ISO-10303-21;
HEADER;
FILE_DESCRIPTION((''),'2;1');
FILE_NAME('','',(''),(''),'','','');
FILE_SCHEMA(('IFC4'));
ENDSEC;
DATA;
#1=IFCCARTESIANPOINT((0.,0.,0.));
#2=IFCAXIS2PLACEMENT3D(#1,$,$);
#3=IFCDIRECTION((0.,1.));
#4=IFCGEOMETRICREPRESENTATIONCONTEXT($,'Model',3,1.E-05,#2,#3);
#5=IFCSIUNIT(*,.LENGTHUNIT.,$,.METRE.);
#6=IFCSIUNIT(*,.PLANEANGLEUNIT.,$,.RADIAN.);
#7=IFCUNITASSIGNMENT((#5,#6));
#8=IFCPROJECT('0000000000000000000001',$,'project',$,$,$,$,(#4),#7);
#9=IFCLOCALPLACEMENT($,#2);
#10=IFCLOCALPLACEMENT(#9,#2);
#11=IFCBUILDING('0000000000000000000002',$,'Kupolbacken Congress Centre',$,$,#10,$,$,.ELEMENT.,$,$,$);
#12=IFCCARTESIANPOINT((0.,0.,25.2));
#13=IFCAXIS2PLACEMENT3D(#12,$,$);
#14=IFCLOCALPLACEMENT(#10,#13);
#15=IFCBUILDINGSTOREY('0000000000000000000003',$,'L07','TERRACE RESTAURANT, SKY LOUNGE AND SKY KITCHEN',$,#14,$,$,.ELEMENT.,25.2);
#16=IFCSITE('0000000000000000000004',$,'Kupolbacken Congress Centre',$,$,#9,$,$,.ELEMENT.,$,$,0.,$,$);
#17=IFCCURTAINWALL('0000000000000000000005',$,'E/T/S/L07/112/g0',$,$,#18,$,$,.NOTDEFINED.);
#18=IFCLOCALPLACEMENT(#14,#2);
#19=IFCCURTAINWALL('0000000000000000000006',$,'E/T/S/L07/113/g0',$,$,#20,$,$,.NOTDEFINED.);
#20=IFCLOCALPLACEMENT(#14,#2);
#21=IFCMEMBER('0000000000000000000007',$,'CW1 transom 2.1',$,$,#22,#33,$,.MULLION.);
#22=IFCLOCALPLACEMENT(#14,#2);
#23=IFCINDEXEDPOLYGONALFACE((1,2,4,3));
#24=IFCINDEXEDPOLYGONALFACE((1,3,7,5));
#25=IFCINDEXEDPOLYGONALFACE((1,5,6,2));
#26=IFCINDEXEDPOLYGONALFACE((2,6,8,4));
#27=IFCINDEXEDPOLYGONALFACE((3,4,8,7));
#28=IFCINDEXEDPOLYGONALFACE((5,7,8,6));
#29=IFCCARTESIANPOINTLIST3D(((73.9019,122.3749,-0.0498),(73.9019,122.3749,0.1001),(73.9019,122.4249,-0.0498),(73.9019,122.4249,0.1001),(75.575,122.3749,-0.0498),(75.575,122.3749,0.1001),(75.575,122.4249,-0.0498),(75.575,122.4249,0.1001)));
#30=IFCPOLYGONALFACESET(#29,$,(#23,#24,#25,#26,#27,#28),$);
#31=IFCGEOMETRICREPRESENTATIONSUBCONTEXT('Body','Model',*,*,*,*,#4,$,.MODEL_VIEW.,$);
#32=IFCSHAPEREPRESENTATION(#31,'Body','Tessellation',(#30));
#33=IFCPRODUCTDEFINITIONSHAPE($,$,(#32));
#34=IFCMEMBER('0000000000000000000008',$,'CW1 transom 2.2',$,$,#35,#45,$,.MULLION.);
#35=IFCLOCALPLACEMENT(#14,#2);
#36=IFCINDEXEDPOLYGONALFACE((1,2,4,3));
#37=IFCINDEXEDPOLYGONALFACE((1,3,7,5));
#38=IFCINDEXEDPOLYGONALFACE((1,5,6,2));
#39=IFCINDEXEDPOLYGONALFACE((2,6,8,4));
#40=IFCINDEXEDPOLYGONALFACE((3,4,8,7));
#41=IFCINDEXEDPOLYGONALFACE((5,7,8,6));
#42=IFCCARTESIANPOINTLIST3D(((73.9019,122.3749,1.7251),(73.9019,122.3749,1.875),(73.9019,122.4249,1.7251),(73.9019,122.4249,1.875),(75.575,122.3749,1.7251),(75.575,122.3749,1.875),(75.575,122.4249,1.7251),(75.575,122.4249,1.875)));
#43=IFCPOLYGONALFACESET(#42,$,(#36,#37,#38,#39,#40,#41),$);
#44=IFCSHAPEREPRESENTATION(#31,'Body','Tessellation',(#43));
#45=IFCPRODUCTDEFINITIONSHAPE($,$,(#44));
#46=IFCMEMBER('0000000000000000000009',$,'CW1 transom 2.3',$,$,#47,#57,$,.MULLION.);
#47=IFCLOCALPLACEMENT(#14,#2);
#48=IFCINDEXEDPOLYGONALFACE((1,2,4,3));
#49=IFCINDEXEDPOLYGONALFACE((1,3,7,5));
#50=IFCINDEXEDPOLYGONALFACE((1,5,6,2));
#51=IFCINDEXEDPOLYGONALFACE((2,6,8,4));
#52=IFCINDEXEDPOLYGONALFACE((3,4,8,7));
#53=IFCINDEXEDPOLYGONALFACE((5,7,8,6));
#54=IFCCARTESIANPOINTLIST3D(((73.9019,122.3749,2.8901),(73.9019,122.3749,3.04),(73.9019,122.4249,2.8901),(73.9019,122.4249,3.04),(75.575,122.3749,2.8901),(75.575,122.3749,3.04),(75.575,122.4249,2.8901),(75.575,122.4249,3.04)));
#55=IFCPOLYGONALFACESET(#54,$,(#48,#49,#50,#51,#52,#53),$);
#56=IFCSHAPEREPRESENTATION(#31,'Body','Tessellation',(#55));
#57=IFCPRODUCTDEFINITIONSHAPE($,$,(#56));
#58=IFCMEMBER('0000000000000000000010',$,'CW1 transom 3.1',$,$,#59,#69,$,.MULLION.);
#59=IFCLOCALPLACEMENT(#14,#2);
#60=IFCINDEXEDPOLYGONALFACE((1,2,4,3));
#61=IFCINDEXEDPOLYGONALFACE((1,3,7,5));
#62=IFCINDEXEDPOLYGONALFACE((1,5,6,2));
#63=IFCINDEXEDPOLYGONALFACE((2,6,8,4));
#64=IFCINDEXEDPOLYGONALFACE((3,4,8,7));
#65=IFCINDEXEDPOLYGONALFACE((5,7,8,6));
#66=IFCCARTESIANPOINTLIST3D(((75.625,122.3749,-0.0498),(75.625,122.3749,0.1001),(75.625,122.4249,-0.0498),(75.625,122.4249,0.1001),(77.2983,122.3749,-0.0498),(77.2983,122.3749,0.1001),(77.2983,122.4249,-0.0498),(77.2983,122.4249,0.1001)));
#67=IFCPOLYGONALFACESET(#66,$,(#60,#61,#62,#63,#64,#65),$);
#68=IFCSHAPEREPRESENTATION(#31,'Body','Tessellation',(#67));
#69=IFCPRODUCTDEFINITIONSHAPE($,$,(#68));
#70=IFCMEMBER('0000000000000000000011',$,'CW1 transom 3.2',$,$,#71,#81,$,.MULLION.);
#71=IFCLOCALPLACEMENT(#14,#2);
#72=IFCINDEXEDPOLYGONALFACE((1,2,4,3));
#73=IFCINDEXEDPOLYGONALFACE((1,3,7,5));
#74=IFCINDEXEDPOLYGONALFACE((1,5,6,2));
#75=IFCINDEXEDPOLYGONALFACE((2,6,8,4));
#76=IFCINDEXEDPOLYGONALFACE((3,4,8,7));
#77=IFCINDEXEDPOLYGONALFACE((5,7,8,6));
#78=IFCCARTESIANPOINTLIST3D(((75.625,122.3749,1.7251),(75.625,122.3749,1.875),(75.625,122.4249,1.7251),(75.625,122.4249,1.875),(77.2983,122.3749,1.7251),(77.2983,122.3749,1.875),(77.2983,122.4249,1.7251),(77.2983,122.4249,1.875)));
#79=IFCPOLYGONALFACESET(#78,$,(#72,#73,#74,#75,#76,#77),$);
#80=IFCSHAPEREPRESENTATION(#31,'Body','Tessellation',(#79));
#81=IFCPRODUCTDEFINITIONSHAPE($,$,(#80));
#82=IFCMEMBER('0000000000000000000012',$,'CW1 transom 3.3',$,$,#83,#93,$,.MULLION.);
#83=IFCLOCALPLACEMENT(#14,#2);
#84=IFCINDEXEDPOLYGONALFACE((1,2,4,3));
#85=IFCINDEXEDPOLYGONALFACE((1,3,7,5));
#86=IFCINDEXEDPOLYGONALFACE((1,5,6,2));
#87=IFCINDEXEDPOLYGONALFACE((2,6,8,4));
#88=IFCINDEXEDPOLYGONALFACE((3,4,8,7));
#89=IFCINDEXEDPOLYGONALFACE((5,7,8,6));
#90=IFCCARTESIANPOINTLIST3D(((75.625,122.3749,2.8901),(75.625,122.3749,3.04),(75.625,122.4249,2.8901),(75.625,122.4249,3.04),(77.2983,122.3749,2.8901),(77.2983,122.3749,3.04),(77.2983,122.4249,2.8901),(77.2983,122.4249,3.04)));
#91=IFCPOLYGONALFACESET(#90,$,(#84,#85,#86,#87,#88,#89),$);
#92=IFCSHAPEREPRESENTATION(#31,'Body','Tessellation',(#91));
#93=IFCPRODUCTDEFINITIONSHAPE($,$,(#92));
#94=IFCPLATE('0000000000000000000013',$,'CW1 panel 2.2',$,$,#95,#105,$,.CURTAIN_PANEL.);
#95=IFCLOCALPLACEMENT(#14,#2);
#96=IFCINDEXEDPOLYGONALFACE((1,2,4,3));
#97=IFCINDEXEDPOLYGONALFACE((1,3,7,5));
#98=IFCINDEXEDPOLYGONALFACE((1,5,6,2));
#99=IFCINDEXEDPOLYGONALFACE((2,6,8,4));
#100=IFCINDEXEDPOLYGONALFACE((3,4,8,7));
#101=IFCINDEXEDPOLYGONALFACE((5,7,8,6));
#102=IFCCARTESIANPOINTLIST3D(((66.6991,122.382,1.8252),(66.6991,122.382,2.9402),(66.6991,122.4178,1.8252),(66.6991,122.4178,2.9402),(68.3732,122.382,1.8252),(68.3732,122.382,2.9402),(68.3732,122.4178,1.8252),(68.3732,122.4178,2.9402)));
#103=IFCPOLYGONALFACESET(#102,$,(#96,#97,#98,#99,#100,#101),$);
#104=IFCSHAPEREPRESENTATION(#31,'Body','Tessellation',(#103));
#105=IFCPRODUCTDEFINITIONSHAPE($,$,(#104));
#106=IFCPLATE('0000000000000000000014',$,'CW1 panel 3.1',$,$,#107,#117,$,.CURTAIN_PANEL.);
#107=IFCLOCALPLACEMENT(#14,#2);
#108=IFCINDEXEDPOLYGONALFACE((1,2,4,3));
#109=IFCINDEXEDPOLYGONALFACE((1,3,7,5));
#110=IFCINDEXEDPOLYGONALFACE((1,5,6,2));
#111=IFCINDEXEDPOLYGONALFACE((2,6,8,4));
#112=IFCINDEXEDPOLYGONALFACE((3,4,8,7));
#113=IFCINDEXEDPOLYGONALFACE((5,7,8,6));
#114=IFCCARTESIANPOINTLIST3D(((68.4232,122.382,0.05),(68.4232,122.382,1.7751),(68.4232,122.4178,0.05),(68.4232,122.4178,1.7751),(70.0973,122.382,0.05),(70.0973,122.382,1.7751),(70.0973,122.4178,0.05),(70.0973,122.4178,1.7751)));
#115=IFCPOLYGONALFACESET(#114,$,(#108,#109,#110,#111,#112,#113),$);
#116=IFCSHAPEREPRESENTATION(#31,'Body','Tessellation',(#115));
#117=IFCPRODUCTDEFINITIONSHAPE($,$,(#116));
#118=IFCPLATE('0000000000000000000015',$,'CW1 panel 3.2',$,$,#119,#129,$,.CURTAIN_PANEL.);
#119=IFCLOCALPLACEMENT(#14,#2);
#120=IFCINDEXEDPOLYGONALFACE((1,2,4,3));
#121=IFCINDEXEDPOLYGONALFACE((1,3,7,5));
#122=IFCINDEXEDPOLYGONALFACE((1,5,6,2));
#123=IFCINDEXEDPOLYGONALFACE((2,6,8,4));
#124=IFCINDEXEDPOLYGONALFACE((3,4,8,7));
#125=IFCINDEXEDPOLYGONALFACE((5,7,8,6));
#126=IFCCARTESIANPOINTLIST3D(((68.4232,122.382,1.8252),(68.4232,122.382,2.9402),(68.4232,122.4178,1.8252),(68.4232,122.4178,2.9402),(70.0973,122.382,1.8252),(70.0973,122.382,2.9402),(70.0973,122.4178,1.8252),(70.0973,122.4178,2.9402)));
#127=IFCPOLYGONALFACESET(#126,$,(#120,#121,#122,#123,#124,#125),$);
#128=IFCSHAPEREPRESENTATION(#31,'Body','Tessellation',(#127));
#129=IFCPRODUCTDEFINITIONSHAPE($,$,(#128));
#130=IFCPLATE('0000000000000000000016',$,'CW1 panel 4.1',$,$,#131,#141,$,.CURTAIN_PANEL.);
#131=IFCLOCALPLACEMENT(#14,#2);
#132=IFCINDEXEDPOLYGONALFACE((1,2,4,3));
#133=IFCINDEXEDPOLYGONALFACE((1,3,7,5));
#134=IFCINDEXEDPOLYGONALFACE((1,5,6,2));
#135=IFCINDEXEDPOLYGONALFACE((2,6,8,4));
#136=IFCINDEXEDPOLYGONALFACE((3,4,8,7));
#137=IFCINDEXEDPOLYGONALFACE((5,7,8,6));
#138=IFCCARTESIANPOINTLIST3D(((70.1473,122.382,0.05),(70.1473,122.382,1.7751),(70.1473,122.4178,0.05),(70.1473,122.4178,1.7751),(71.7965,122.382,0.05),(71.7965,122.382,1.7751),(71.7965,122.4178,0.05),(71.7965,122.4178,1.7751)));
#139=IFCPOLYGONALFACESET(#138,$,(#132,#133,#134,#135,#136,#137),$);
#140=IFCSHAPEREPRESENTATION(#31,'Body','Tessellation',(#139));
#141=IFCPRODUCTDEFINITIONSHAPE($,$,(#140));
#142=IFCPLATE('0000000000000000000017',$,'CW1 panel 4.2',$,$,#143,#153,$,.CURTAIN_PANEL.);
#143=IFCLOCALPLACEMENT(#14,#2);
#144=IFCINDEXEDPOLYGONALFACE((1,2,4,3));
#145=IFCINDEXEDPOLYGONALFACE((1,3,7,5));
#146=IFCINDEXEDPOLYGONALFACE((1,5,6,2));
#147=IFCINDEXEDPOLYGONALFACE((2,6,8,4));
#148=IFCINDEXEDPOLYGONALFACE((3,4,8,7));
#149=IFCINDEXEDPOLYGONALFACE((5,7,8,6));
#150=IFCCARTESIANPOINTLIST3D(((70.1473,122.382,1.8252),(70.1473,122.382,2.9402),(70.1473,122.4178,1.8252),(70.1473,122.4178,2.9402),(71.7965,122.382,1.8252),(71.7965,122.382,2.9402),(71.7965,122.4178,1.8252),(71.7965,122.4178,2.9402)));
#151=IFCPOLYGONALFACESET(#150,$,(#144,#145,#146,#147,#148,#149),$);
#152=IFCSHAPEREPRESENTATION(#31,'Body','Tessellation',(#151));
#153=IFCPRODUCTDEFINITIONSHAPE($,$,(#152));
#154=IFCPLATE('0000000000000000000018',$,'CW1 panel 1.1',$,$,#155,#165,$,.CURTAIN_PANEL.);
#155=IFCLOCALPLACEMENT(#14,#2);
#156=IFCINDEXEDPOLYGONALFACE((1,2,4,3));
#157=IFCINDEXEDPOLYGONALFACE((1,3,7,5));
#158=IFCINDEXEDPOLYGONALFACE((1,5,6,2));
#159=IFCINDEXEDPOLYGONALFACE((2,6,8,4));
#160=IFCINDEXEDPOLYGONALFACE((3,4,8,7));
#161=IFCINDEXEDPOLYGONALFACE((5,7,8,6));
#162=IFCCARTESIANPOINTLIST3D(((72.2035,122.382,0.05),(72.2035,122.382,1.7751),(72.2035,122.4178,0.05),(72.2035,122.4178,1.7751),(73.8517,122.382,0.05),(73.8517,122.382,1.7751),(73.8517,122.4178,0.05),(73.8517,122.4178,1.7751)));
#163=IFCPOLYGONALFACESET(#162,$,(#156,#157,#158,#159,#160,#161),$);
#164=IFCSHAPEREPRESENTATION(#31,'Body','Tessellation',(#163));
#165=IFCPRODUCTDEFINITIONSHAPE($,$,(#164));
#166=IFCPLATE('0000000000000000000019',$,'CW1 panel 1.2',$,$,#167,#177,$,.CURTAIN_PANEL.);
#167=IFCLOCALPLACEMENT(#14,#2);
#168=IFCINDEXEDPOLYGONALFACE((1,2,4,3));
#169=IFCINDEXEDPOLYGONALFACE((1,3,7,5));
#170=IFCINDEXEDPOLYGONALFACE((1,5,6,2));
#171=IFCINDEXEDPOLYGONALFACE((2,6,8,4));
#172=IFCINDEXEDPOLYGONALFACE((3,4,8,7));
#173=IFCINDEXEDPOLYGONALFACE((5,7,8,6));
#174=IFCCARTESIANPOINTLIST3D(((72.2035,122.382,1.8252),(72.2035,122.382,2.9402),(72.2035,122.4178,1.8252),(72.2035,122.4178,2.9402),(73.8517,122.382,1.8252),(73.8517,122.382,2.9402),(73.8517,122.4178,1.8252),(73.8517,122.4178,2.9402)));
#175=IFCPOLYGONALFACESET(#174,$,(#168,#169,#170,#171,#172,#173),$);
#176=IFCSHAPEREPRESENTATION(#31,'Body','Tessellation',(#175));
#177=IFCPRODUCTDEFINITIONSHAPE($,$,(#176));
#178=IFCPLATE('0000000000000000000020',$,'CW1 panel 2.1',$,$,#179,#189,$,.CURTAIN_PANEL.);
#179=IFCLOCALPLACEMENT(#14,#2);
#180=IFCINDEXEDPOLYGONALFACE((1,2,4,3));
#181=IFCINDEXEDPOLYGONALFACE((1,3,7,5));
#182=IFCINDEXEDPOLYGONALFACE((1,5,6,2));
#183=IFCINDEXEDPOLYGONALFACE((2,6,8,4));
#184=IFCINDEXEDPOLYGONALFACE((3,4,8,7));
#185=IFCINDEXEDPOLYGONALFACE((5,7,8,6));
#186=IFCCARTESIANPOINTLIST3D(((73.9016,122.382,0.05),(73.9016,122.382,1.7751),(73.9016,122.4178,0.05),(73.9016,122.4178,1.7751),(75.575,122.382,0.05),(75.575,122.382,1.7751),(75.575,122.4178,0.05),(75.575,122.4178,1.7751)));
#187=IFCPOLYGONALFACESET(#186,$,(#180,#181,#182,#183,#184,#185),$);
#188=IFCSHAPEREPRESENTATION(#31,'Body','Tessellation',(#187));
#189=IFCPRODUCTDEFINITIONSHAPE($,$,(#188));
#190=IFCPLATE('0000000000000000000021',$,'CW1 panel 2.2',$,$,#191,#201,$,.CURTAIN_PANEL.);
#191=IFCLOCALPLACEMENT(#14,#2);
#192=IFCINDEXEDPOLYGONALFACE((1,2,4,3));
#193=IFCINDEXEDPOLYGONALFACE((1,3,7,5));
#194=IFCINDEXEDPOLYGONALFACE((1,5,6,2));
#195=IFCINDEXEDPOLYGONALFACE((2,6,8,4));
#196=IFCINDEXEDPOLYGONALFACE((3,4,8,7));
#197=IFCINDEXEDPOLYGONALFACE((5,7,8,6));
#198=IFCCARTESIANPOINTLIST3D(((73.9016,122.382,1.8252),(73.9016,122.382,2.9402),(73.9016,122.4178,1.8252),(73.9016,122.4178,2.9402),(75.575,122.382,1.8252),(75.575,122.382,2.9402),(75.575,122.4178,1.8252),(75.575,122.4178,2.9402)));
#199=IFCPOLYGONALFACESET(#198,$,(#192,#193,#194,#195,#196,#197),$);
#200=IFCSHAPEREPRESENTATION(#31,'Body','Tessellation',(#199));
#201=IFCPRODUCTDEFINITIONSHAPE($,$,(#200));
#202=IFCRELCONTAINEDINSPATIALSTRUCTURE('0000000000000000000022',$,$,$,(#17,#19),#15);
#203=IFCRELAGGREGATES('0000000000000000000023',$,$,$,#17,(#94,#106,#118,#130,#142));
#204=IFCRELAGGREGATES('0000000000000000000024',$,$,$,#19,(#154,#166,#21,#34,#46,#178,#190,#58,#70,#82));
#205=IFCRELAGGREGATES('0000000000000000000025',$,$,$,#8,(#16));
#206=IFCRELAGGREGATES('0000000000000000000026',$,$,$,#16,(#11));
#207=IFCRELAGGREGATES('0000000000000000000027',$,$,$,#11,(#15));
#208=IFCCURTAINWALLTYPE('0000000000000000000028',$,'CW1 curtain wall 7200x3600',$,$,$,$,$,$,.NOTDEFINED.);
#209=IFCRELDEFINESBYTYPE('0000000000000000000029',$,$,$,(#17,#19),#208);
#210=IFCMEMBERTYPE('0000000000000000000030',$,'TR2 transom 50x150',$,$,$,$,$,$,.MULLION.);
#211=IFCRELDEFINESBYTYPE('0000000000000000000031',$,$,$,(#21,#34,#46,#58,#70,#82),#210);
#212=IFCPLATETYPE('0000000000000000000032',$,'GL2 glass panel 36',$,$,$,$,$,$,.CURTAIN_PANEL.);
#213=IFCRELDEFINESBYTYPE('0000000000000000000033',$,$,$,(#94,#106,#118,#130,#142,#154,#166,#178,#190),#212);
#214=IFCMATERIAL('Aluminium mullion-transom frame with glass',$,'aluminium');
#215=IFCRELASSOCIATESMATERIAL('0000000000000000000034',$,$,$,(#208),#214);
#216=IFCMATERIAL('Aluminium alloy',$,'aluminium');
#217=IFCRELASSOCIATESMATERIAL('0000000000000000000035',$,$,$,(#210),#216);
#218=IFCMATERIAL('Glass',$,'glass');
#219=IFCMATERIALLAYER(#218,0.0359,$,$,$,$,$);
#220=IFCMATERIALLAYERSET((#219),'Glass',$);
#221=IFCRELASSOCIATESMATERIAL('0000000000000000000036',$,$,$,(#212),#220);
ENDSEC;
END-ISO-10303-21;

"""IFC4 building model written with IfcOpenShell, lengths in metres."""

from ifc_helpers import new_model, si_unit, direction, frame, origin, origin_2d, place, context, subcontext, project, spatial, rectangle, extrude, material, layer, layer_set, material_profile, profile_set, type_object, element, aggregate, save


model = new_model("IFC4")

# Units and contexts
model_context = context("Model", 3, precision=1e-05, world=origin(), true_north=direction((0.0, 1.0)))
body_context = subcontext(model_context, "Body", "Model", "MODEL_VIEW")
ifc_project = project(units=[si_unit("LENGTHUNIT", "METRE"), si_unit("PLANEANGLEUNIT", "RADIAN")], contexts=[model_context])

# Site, building, storey
site_placement = place(None, origin())
site = spatial("IfcSite", under=ifc_project, at=site_placement, Name="Kupolbacken Congress Centre", CompositionType="ELEMENT", RefElevation=0.0)
building_placement = place(site_placement, origin())
building = spatial("IfcBuilding", under=site, at=building_placement, Name="Kupolbacken Congress Centre", CompositionType="ELEMENT")
storey_placement = place(building_placement, frame((0.0, 0.0, 25.2)))
storey = spatial("IfcBuildingStorey", under=building, at=storey_placement, Name="L07", Description="TERRACE RESTAURANT, SKY LOUNGE AND SKY KITCHEN", CompositionType="ELEMENT", Elevation=25.2)

# Curtain walls
ifc_material_1 = material(Name="Aluminium mullion-transom frame with glass", Category="aluminium")
curtain_wall_type = type_object("IfcCurtainWallType", Name="CW1 curtain wall 7200x3600", PredefinedType="NOTDEFINED", material=ifc_material_1)
curtain_wall_1_placement = place(storey_placement, origin())
curtain_wall_1 = element("IfcCurtainWall", 1, at=curtain_wall_1_placement, inside=storey, type_object=curtain_wall_type, Name="E/T/S/L07/112/g0", PredefinedType="NOTDEFINED")
curtain_wall_2_placement = place(storey_placement, origin())
curtain_wall_2 = element("IfcCurtainWall", 2, at=curtain_wall_2_placement, inside=storey, type_object=curtain_wall_type, Name="E/T/S/L07/113/g0", PredefinedType="NOTDEFINED")

# Members
ifc_material_2 = material(Name="Aluminium alloy", Category="aluminium")
ifc_material_profile_1 = material_profile(ifc_material_2, rectangle(XDim=0.05, YDim=0.1499, at=origin_2d()), Name="50 x 150")
ifc_profile_set_1 = profile_set([ifc_material_profile_1], Name="Aluminium alloy")
member_type_1 = type_object("IfcMemberType", Name="TR2 transom 50x150", PredefinedType="MULLION", material=ifc_profile_set_1)
member_1_placement = place(storey_placement, frame((73.9019, 122.3999, 0.0251), z_axis=(1.0, 0.0, 0.0), x_axis=(0.0, 1.0, 0.0)))
member_1 = element("IfcMember", 3, at=member_1_placement, type_object=member_type_1, Name="CW1 transom 2.1", PredefinedType="MULLION", context=body_context, shape_type="SweptSolid", body=[
    extrude(rectangle(XDim=0.05, YDim=0.1499, at=origin_2d()), origin(), (0.0, 0.0, 1.0), 1.6731),
])
member_2_placement = place(storey_placement, frame((73.9019, 122.3999, 1.8), z_axis=(1.0, 0.0, 0.0), x_axis=(0.0, 1.0, 0.0)))
member_2 = element("IfcMember", 4, at=member_2_placement, type_object=member_type_1, Name="CW1 transom 2.2", PredefinedType="MULLION", context=body_context, shape_type="SweptSolid", body=[
    extrude(rectangle(XDim=0.05, YDim=0.1499, at=origin_2d()), origin(), (0.0, 0.0, 1.0), 1.6731),
])
member_3_placement = place(storey_placement, frame((73.9019, 122.3999, 2.9651), z_axis=(1.0, 0.0, 0.0), x_axis=(0.0, 1.0, 0.0)))
member_3 = element("IfcMember", 5, at=member_3_placement, type_object=member_type_1, Name="CW1 transom 2.3", PredefinedType="MULLION", context=body_context, shape_type="SweptSolid", body=[
    extrude(rectangle(XDim=0.05, YDim=0.1499, at=origin_2d()), origin(), (0.0, 0.0, 1.0), 1.6731),
])
member_4_placement = place(storey_placement, frame((75.625, 122.3999, 0.0251), z_axis=(1.0, 0.0, 0.0), x_axis=(0.0, 1.0, 0.0)))
member_4 = element("IfcMember", 6, at=member_4_placement, type_object=member_type_1, Name="CW1 transom 3.1", PredefinedType="MULLION", context=body_context, shape_type="SweptSolid", body=[
    extrude(rectangle(XDim=0.05, YDim=0.1499, at=origin_2d()), origin(), (0.0, 0.0, 1.0), 1.6733),
])
member_5_placement = place(storey_placement, frame((75.625, 122.3999, 1.8), z_axis=(1.0, 0.0, 0.0), x_axis=(0.0, 1.0, 0.0)))
member_5 = element("IfcMember", 7, at=member_5_placement, type_object=member_type_1, Name="CW1 transom 3.2", PredefinedType="MULLION", context=body_context, shape_type="SweptSolid", body=[
    extrude(rectangle(XDim=0.05, YDim=0.1499, at=origin_2d()), origin(), (0.0, 0.0, 1.0), 1.6733),
])
member_6_placement = place(storey_placement, frame((75.625, 122.3999, 2.9651), z_axis=(1.0, 0.0, 0.0), x_axis=(0.0, 1.0, 0.0)))
member_6 = element("IfcMember", 8, at=member_6_placement, type_object=member_type_1, Name="CW1 transom 3.3", PredefinedType="MULLION", context=body_context, shape_type="SweptSolid", body=[
    extrude(rectangle(XDim=0.05, YDim=0.1499, at=origin_2d()), origin(), (0.0, 0.0, 1.0), 1.6733),
])

# Plates
ifc_material_3 = material(Name="Glass", Category="glass")
ifc_layer_1 = layer(ifc_material_3, 0.0359)
ifc_layer_set_1 = layer_set([ifc_layer_1], Name="Glass")
plate_type = type_object("IfcPlateType", Name="GL2 glass panel 36", PredefinedType="CURTAIN_PANEL", material=ifc_layer_set_1)
plate_1_placement = place(storey_placement, frame((67.5361, 122.3999, 1.8252), z_axis=(0.0, 0.0, 1.0), x_axis=(1.0, 0.0, 0.0)))
plate_1 = element("IfcPlate", 9, at=plate_1_placement, type_object=plate_type, Name="CW1 panel 2.2", PredefinedType="CURTAIN_PANEL", context=body_context, shape_type="SweptSolid", body=[
    extrude(rectangle(XDim=1.6741, YDim=0.0359, at=origin_2d()), origin(), (0.0, 0.0, 1.0), 1.115),
])
plate_2_placement = place(storey_placement, frame((69.2603, 122.3999, 0.05), z_axis=(0.0, 0.0, 1.0), x_axis=(1.0, 0.0, 0.0)))
plate_2 = element("IfcPlate", 10, at=plate_2_placement, type_object=plate_type, Name="CW1 panel 3.1", PredefinedType="CURTAIN_PANEL", context=body_context, shape_type="SweptSolid", body=[
    extrude(rectangle(XDim=1.6741, YDim=0.0359, at=origin_2d()), origin(), (0.0, 0.0, 1.0), 1.7251),
])
plate_3_placement = place(storey_placement, frame((69.2603, 122.3999, 1.8252), z_axis=(0.0, 0.0, 1.0), x_axis=(1.0, 0.0, 0.0)))
plate_3 = element("IfcPlate", 11, at=plate_3_placement, type_object=plate_type, Name="CW1 panel 3.2", PredefinedType="CURTAIN_PANEL", context=body_context, shape_type="SweptSolid", body=[
    extrude(rectangle(XDim=1.6741, YDim=0.0359, at=origin_2d()), origin(), (0.0, 0.0, 1.0), 1.115),
])
plate_4_placement = place(storey_placement, frame((70.9719, 122.3999, 0.05), z_axis=(0.0, 0.0, 1.0), x_axis=(1.0, 0.0, 0.0)))
plate_4 = element("IfcPlate", 12, at=plate_4_placement, type_object=plate_type, Name="CW1 panel 4.1", PredefinedType="CURTAIN_PANEL", context=body_context, shape_type="SweptSolid", body=[
    extrude(rectangle(XDim=1.6492, YDim=0.0359, at=origin_2d()), origin(), (0.0, 0.0, 1.0), 1.7251),
])
plate_5_placement = place(storey_placement, frame((70.9719, 122.3999, 1.8252), z_axis=(0.0, 0.0, 1.0), x_axis=(1.0, 0.0, 0.0)))
plate_5 = element("IfcPlate", 13, at=plate_5_placement, type_object=plate_type, Name="CW1 panel 4.2", PredefinedType="CURTAIN_PANEL", context=body_context, shape_type="SweptSolid", body=[
    extrude(rectangle(XDim=1.6492, YDim=0.0359, at=origin_2d()), origin(), (0.0, 0.0, 1.0), 1.115),
])
aggregate(curtain_wall_1, [plate_1, plate_2, plate_3, plate_4, plate_5])
plate_6_placement = place(storey_placement, frame((73.0276, 122.3999, 0.05), z_axis=(0.0, 0.0, 1.0), x_axis=(1.0, 0.0, 0.0)))
plate_6 = element("IfcPlate", 14, at=plate_6_placement, type_object=plate_type, Name="CW1 panel 1.1", PredefinedType="CURTAIN_PANEL", context=body_context, shape_type="SweptSolid", body=[
    extrude(rectangle(XDim=1.6482, YDim=0.0359, at=origin_2d()), origin(), (0.0, 0.0, 1.0), 1.7251),
])
plate_7_placement = place(storey_placement, frame((73.0276, 122.3999, 1.8252), z_axis=(0.0, 0.0, 1.0), x_axis=(1.0, 0.0, 0.0)))
plate_7 = element("IfcPlate", 15, at=plate_7_placement, type_object=plate_type, Name="CW1 panel 1.2", PredefinedType="CURTAIN_PANEL", context=body_context, shape_type="SweptSolid", body=[
    extrude(rectangle(XDim=1.6482, YDim=0.0359, at=origin_2d()), origin(), (0.0, 0.0, 1.0), 1.115),
])
plate_8_placement = place(storey_placement, frame((74.7383, 122.3999, 0.05), z_axis=(0.0, 0.0, 1.0), x_axis=(1.0, 0.0, 0.0)))
plate_8 = element("IfcPlate", 16, at=plate_8_placement, type_object=plate_type, Name="CW1 panel 2.1", PredefinedType="CURTAIN_PANEL", context=body_context, shape_type="SweptSolid", body=[
    extrude(rectangle(XDim=1.6733, YDim=0.0359, at=origin_2d()), origin(), (0.0, 0.0, 1.0), 1.7251),
])
plate_9_placement = place(storey_placement, frame((74.7383, 122.3999, 1.8252), z_axis=(0.0, 0.0, 1.0), x_axis=(1.0, 0.0, 0.0)))
plate_9 = element("IfcPlate", 17, at=plate_9_placement, type_object=plate_type, Name="CW1 panel 2.2", PredefinedType="CURTAIN_PANEL", context=body_context, shape_type="SweptSolid", body=[
    extrude(rectangle(XDim=1.6733, YDim=0.0359, at=origin_2d()), origin(), (0.0, 0.0, 1.0), 1.115),
])
aggregate(curtain_wall_2, [plate_6, plate_7, member_1, member_2, member_3, plate_8, plate_9, member_4, member_5, member_6])

save(model, "model.ifc")
